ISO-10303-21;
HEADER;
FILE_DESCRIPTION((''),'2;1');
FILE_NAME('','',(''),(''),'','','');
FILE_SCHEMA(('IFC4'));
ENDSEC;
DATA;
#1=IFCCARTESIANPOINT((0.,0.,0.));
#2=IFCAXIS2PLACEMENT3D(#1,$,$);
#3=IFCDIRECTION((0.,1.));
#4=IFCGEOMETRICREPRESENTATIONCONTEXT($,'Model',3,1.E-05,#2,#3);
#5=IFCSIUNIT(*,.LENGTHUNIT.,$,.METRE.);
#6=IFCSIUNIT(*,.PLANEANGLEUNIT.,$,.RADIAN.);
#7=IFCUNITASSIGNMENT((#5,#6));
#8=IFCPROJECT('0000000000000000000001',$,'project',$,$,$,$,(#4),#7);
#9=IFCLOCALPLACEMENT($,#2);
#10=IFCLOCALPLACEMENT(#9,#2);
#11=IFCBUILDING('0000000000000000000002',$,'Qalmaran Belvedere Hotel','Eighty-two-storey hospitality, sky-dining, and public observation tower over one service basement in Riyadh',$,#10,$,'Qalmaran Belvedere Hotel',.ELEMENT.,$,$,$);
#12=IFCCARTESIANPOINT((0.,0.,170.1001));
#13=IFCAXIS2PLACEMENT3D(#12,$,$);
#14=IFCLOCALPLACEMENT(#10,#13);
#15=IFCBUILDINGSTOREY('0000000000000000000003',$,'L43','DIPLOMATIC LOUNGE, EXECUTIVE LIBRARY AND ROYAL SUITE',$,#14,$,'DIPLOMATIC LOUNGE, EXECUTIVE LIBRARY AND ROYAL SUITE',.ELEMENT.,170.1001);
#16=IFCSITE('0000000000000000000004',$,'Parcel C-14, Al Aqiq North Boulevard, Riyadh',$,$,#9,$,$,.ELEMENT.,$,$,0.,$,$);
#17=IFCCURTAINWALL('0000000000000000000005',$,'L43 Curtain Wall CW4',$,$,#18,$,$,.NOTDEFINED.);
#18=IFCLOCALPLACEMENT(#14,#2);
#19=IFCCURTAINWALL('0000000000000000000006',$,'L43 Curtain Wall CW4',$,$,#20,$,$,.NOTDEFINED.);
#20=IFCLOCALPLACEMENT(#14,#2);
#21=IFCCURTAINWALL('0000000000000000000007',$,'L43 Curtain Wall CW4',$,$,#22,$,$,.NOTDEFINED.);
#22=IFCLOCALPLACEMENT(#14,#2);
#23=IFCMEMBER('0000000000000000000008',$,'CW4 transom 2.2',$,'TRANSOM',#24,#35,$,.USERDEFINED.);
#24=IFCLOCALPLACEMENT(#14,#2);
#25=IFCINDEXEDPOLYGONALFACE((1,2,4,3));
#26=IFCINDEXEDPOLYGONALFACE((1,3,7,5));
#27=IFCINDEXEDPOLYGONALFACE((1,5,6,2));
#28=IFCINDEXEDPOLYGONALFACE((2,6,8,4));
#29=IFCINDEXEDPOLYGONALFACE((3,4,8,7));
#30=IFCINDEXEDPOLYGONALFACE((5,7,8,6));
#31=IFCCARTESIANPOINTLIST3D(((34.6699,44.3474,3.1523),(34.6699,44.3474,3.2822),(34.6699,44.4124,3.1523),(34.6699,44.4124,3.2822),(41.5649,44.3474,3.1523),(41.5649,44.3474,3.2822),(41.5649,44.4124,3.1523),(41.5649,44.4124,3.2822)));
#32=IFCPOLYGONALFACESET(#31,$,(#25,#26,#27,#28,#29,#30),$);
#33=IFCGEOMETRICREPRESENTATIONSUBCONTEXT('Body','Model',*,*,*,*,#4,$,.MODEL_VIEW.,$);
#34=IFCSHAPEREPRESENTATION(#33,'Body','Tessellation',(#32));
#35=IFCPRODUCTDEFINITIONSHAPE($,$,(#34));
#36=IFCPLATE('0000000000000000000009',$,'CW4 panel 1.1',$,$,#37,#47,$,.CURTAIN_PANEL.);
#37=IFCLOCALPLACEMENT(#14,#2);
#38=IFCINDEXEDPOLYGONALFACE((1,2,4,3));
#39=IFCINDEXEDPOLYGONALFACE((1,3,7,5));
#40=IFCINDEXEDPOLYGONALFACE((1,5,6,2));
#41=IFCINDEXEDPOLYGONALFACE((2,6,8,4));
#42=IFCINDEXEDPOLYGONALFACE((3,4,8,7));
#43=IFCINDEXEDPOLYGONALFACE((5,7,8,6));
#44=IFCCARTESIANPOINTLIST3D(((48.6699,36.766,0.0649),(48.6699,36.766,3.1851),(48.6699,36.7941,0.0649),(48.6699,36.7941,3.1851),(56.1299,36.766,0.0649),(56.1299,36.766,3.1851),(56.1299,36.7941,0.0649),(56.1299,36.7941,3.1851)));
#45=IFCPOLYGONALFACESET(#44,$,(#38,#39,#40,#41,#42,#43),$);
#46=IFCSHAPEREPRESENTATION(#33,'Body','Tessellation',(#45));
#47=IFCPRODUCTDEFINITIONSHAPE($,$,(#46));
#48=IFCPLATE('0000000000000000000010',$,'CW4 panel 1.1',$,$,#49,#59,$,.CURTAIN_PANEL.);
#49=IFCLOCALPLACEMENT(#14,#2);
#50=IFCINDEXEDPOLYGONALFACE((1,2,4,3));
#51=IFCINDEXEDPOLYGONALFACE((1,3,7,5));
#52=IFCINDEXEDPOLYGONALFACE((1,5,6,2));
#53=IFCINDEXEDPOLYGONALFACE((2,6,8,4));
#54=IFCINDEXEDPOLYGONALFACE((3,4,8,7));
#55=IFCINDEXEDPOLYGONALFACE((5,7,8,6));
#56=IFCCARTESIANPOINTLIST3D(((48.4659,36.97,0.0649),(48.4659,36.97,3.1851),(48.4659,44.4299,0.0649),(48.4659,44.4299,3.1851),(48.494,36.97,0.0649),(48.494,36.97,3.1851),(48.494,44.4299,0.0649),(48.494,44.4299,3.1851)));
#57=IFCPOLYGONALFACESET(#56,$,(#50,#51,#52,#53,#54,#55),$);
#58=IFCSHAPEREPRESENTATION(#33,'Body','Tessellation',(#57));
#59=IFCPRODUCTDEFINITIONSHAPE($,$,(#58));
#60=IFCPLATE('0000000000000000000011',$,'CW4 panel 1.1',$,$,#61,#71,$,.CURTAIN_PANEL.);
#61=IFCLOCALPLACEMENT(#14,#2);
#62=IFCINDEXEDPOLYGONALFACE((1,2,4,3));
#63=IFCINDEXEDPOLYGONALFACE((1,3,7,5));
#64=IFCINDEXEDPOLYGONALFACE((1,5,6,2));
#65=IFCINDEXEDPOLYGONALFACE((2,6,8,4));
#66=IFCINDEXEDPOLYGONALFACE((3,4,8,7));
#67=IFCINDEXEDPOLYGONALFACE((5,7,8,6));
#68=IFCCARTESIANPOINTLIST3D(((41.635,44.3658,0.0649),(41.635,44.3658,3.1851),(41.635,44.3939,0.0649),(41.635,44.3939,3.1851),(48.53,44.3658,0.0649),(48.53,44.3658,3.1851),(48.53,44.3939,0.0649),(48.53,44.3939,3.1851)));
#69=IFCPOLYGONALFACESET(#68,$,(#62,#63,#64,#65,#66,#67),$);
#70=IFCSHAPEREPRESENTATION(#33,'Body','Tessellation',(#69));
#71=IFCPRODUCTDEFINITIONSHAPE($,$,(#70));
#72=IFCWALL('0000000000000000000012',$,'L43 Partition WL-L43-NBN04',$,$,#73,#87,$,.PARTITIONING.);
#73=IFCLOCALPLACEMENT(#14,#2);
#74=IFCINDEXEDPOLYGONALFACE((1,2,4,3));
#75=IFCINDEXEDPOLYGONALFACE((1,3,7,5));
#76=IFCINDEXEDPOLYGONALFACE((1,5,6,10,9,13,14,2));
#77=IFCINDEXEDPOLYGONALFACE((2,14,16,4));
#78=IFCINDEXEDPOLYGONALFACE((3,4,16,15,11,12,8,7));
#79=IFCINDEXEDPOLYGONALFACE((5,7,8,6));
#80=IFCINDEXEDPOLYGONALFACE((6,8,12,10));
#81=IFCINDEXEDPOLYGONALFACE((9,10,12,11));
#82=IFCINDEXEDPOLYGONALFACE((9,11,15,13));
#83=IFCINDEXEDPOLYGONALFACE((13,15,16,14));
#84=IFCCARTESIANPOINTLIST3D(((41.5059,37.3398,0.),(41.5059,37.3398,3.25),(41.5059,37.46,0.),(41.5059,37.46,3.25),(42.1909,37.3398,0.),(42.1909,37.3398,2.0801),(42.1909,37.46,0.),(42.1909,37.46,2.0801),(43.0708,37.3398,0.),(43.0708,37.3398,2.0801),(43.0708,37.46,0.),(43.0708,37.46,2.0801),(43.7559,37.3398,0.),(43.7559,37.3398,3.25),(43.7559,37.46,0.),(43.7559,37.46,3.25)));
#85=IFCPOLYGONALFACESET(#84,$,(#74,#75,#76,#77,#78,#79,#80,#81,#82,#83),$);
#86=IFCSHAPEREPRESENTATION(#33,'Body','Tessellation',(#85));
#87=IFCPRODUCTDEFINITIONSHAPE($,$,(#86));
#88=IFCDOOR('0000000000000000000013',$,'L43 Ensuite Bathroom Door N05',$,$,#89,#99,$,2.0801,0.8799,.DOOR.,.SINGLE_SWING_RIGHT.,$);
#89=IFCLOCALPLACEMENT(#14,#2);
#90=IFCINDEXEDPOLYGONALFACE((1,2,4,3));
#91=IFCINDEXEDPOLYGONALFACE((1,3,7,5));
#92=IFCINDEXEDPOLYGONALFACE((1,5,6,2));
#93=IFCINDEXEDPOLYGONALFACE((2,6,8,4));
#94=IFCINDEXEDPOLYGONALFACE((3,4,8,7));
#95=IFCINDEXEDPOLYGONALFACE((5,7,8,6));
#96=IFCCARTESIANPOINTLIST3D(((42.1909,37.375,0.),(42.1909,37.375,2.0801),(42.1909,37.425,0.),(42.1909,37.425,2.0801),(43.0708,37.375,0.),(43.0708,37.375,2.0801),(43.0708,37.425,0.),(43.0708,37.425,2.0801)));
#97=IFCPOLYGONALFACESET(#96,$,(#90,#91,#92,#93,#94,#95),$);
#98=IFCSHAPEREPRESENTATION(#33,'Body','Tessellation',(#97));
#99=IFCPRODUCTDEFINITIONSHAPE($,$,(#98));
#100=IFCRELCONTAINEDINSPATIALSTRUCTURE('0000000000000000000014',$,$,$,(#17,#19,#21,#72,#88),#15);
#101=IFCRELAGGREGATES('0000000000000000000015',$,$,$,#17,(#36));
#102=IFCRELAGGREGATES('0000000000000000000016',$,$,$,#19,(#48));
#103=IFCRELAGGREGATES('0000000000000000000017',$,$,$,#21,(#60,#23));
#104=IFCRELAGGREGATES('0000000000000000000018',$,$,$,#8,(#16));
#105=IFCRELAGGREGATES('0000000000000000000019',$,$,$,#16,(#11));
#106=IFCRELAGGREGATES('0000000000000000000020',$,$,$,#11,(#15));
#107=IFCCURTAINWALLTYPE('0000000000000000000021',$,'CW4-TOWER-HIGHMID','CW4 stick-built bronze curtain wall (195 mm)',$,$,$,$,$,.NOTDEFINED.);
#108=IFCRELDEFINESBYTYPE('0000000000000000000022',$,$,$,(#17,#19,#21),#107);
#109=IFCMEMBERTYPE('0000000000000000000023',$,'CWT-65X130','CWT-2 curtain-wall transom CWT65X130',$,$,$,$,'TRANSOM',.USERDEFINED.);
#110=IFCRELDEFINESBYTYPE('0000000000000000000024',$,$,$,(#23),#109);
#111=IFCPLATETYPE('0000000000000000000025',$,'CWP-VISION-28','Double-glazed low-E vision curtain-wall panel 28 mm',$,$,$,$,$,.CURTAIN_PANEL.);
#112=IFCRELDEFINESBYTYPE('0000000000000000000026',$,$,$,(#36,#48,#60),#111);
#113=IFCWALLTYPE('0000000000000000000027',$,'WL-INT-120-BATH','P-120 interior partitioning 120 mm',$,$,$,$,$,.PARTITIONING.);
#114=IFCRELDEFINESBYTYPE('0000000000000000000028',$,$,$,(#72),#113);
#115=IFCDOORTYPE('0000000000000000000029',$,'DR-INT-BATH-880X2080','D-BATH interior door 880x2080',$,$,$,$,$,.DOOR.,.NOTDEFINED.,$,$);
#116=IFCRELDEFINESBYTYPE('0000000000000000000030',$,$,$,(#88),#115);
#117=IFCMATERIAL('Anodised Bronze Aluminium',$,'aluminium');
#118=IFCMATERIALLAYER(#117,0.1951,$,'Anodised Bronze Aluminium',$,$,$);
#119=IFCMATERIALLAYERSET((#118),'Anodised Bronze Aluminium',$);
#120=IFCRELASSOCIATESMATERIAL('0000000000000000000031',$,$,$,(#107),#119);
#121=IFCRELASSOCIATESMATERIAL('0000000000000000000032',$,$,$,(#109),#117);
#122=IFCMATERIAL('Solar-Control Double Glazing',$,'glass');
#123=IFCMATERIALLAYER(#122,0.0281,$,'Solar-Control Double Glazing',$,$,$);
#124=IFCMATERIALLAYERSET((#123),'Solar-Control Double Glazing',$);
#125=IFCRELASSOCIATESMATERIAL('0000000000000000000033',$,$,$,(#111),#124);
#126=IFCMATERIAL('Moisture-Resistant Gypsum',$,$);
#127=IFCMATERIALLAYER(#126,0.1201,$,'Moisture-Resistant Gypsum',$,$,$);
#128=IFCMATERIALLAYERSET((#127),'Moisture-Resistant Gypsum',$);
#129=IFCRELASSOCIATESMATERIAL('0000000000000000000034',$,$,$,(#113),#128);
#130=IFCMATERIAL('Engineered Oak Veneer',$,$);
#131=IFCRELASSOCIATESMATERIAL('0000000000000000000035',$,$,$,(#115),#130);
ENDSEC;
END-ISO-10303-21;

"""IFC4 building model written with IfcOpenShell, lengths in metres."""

from ifc_helpers import new_model, si_unit, direction, frame, frame_2d, origin, origin_2d, place, context, subcontext, project, spatial, rectangle, extrude, material, layer, layer_set, material_profile, profile_set, type_object, element, fill, aggregate, save


model = new_model("IFC4")

# Units and contexts
model_context = context("Model", 3, precision=1e-05, world=origin(), true_north=direction((0.0, 1.0)))
body_context = subcontext(model_context, "Body", "Model", "MODEL_VIEW")
ifc_project = project(units=[si_unit("LENGTHUNIT", "METRE"), si_unit("PLANEANGLEUNIT", "RADIAN")], contexts=[model_context])

# Site, building, storey
site_placement = place(None, origin())
site = spatial("IfcSite", under=ifc_project, at=site_placement, Name="Parcel C-14, Al Aqiq North Boulevard, Riyadh", CompositionType="ELEMENT", RefElevation=0.0)
building_placement = place(site_placement, origin())
building = spatial("IfcBuilding", under=site, at=building_placement, Name="Qalmaran Belvedere Hotel", Description="Eighty-two-storey hospitality, sky-dining, and public observation tower over one service basement in Riyadh", LongName="Qalmaran Belvedere Hotel", CompositionType="ELEMENT")
storey_placement = place(building_placement, frame((0.0, 0.0, 170.1001)))
storey = spatial("IfcBuildingStorey", under=building, at=storey_placement, Name="L43", Description="DIPLOMATIC LOUNGE, EXECUTIVE LIBRARY AND ROYAL SUITE", LongName="DIPLOMATIC LOUNGE, EXECUTIVE LIBRARY AND ROYAL SUITE", CompositionType="ELEMENT", Elevation=170.1001)

# Curtain wall
ifc_material_1 = material(Name="Anodised Bronze Aluminium", Category="aluminium")
ifc_layer_1 = layer(ifc_material_1, 0.1951, Name="Anodised Bronze Aluminium")
ifc_layer_set_1 = layer_set([ifc_layer_1], Name="Anodised Bronze Aluminium")
curtain_wall_type = type_object("IfcCurtainWallType", Name="CW4-TOWER-HIGHMID", Description="CW4 stick-built bronze curtain wall (195 mm)", PredefinedType="NOTDEFINED", material=ifc_layer_set_1)
curtain_wall_1_placement = place(storey_placement, origin())
curtain_wall_1 = element("IfcCurtainWall", 1, at=curtain_wall_1_placement, inside=storey, type_object=curtain_wall_type, Name="L43 Curtain Wall CW4", PredefinedType="NOTDEFINED")

# Curtain walls
curtain_wall_2_placement = place(storey_placement, origin())
curtain_wall_2 = element("IfcCurtainWall", 2, at=curtain_wall_2_placement, inside=storey, type_object=curtain_wall_type, Name="L43 Curtain Wall CW4", PredefinedType="NOTDEFINED")
curtain_wall_3_placement = place(storey_placement, origin())
curtain_wall_3 = element("IfcCurtainWall", 3, at=curtain_wall_3_placement, inside=storey, type_object=curtain_wall_type, Name="L43 Curtain Wall CW4", PredefinedType="NOTDEFINED")

# Member
ifc_material_profile_1 = material_profile(ifc_material_1, rectangle(XDim=0.0649, YDim=0.1299, at=origin_2d()), Name="CWT65X130")
ifc_profile_set_1 = profile_set([ifc_material_profile_1], Name="Anodised Bronze Aluminium")
member_type_1 = type_object("IfcMemberType", Name="CWT-65X130", Description="CWT-2 curtain-wall transom CWT65X130", ElementType="TRANSOM", PredefinedType="USERDEFINED", material=ifc_profile_set_1)
member_1_placement = place(storey_placement, frame((41.5649, 44.3799, 3.2173), z_axis=(-1.0, 0.0, 0.0), x_axis=(0.0, -1.0, 0.0)))
member_1 = element("IfcMember", 4, at=member_1_placement, type_object=member_type_1, Name="CW4 transom 2.2", ObjectType="TRANSOM", PredefinedType="USERDEFINED", context=body_context, shape_type="SweptSolid", body=[
    extrude(rectangle(XDim=0.0649, YDim=0.1299, at=origin_2d()), origin(), (0.0, 0.0, 1.0), 6.895),
])

# Plates
ifc_material_2 = material(Name="Solar-Control Double Glazing", Category="glass")
ifc_layer_2 = layer(ifc_material_2, 0.0281, Name="Solar-Control Double Glazing")
ifc_layer_set_2 = layer_set([ifc_layer_2], Name="Solar-Control Double Glazing")
plate_type = type_object("IfcPlateType", Name="CWP-VISION-28", Description="Double-glazed low-E vision curtain-wall panel 28 mm", PredefinedType="CURTAIN_PANEL", material=ifc_layer_set_2)
plate_1_placement = place(storey_placement, frame((52.3999, 36.78, 0.0649), z_axis=(0.0, 0.0, 1.0), x_axis=(-1.0, 0.0, 0.0)))
plate_1 = element("IfcPlate", 5, at=plate_1_placement, type_object=plate_type, Name="CW4 panel 1.1", PredefinedType="CURTAIN_PANEL", context=body_context, shape_type="SweptSolid", body=[
    extrude(rectangle(XDim=7.46, YDim=0.0281, at=origin_2d()), origin(), (0.0, 0.0, 1.0), 3.1201),
])
aggregate(curtain_wall_1, [plate_1])
plate_2_placement = place(storey_placement, frame((48.48, 40.7, 0.0649), z_axis=(0.0, 0.0, 1.0), x_axis=(0.0, 1.0, 0.0)))
plate_2 = element("IfcPlate", 6, at=plate_2_placement, type_object=plate_type, Name="CW4 panel 1.1", PredefinedType="CURTAIN_PANEL", context=body_context, shape_type="SweptSolid", body=[
    extrude(rectangle(XDim=7.46, YDim=0.0281, at=origin_2d()), origin(), (0.0, 0.0, 1.0), 3.1201),
])
aggregate(curtain_wall_2, [plate_2])
plate_3_placement = place(storey_placement, frame((45.0825, 44.3799, 0.0649), z_axis=(0.0, 0.0, 1.0), x_axis=(-1.0, 0.0, 0.0)))
plate_3 = element("IfcPlate", 7, at=plate_3_placement, type_object=plate_type, Name="CW4 panel 1.1", PredefinedType="CURTAIN_PANEL", context=body_context, shape_type="SweptSolid", body=[
    extrude(rectangle(XDim=6.895, YDim=0.0281, at=origin_2d()), origin(), (0.0, 0.0, 1.0), 3.1201),
])
aggregate(curtain_wall_3, [plate_3, member_1])

# Wall, opening, door
ifc_material_3 = material(Name="Moisture-Resistant Gypsum")
ifc_layer_3 = layer(ifc_material_3, 0.1201, Name="Moisture-Resistant Gypsum")
ifc_layer_set_3 = layer_set([ifc_layer_3], Name="Moisture-Resistant Gypsum")
wall_type = type_object("IfcWallType", Name="WL-INT-120-BATH", Description="P-120 interior partitioning 120 mm", PredefinedType="PARTITIONING", material=ifc_layer_set_3)
wall_placement = place(storey_placement, frame((41.5059, 37.3999, 0.0), z_axis=(0.0, 0.0, 1.0), x_axis=(1.0, 0.0, 0.0)))
wall = element("IfcWall", 8, at=wall_placement, inside=storey, type_object=wall_type, Name="L43 Partition WL-L43-NBN04", PredefinedType="PARTITIONING", context=body_context, shape_type="SweptSolid", body=[
    extrude(rectangle(XDim=2.25, YDim=0.1201, at=frame_2d((1.125, 0.0))), origin(), (0.0, 0.0, 1.0), 3.25),
])
opening_placement = place(wall_placement, frame((1.5649, 0.0, 0.0), z_axis=(0.0, 0.0, 1.0), x_axis=(-1.0, 0.0, 0.0)))
opening = element("IfcOpeningElement", 9, at=opening_placement, cuts=wall, PredefinedType="OPENING", context=body_context, shape_type="SweptSolid", body=[
    extrude(rectangle(XDim=0.8799, YDim=2.0801, at=frame_2d((0.4399, 1.04))), frame((0.0, 0.0701, 0.0), z_axis=(0.0, -1.0, 0.0), x_axis=(1.0, 0.0, 0.0)), (0.0, 0.0, 1.0), 0.1401),
])
ifc_material_4 = material(Name="Engineered Oak Veneer")
door_type = type_object("IfcDoorType", Name="DR-INT-BATH-880X2080", Description="D-BATH interior door 880x2080", OperationType="NOTDEFINED", PredefinedType="DOOR", material=ifc_material_4)
door_placement = place(opening_placement, origin())
door = element("IfcDoor", 10, at=door_placement, inside=storey, type_object=door_type, Name="L43 Ensuite Bathroom Door N05", OperationType="SINGLE_SWING_RIGHT", OverallHeight=2.0801, OverallWidth=0.8799, PredefinedType="DOOR", context=body_context, shape_type="SweptSolid", body=[
    extrude(rectangle(XDim=0.8799, YDim=2.0801, at=frame_2d((0.4399, 1.04))), frame((0.0, 0.0249, 0.0), z_axis=(0.0, -1.0, 0.0), x_axis=(1.0, 0.0, 0.0)), (0.0, 0.0, 1.0), 0.05),
])
fill(opening, door)

save(model, "model.ifc")
